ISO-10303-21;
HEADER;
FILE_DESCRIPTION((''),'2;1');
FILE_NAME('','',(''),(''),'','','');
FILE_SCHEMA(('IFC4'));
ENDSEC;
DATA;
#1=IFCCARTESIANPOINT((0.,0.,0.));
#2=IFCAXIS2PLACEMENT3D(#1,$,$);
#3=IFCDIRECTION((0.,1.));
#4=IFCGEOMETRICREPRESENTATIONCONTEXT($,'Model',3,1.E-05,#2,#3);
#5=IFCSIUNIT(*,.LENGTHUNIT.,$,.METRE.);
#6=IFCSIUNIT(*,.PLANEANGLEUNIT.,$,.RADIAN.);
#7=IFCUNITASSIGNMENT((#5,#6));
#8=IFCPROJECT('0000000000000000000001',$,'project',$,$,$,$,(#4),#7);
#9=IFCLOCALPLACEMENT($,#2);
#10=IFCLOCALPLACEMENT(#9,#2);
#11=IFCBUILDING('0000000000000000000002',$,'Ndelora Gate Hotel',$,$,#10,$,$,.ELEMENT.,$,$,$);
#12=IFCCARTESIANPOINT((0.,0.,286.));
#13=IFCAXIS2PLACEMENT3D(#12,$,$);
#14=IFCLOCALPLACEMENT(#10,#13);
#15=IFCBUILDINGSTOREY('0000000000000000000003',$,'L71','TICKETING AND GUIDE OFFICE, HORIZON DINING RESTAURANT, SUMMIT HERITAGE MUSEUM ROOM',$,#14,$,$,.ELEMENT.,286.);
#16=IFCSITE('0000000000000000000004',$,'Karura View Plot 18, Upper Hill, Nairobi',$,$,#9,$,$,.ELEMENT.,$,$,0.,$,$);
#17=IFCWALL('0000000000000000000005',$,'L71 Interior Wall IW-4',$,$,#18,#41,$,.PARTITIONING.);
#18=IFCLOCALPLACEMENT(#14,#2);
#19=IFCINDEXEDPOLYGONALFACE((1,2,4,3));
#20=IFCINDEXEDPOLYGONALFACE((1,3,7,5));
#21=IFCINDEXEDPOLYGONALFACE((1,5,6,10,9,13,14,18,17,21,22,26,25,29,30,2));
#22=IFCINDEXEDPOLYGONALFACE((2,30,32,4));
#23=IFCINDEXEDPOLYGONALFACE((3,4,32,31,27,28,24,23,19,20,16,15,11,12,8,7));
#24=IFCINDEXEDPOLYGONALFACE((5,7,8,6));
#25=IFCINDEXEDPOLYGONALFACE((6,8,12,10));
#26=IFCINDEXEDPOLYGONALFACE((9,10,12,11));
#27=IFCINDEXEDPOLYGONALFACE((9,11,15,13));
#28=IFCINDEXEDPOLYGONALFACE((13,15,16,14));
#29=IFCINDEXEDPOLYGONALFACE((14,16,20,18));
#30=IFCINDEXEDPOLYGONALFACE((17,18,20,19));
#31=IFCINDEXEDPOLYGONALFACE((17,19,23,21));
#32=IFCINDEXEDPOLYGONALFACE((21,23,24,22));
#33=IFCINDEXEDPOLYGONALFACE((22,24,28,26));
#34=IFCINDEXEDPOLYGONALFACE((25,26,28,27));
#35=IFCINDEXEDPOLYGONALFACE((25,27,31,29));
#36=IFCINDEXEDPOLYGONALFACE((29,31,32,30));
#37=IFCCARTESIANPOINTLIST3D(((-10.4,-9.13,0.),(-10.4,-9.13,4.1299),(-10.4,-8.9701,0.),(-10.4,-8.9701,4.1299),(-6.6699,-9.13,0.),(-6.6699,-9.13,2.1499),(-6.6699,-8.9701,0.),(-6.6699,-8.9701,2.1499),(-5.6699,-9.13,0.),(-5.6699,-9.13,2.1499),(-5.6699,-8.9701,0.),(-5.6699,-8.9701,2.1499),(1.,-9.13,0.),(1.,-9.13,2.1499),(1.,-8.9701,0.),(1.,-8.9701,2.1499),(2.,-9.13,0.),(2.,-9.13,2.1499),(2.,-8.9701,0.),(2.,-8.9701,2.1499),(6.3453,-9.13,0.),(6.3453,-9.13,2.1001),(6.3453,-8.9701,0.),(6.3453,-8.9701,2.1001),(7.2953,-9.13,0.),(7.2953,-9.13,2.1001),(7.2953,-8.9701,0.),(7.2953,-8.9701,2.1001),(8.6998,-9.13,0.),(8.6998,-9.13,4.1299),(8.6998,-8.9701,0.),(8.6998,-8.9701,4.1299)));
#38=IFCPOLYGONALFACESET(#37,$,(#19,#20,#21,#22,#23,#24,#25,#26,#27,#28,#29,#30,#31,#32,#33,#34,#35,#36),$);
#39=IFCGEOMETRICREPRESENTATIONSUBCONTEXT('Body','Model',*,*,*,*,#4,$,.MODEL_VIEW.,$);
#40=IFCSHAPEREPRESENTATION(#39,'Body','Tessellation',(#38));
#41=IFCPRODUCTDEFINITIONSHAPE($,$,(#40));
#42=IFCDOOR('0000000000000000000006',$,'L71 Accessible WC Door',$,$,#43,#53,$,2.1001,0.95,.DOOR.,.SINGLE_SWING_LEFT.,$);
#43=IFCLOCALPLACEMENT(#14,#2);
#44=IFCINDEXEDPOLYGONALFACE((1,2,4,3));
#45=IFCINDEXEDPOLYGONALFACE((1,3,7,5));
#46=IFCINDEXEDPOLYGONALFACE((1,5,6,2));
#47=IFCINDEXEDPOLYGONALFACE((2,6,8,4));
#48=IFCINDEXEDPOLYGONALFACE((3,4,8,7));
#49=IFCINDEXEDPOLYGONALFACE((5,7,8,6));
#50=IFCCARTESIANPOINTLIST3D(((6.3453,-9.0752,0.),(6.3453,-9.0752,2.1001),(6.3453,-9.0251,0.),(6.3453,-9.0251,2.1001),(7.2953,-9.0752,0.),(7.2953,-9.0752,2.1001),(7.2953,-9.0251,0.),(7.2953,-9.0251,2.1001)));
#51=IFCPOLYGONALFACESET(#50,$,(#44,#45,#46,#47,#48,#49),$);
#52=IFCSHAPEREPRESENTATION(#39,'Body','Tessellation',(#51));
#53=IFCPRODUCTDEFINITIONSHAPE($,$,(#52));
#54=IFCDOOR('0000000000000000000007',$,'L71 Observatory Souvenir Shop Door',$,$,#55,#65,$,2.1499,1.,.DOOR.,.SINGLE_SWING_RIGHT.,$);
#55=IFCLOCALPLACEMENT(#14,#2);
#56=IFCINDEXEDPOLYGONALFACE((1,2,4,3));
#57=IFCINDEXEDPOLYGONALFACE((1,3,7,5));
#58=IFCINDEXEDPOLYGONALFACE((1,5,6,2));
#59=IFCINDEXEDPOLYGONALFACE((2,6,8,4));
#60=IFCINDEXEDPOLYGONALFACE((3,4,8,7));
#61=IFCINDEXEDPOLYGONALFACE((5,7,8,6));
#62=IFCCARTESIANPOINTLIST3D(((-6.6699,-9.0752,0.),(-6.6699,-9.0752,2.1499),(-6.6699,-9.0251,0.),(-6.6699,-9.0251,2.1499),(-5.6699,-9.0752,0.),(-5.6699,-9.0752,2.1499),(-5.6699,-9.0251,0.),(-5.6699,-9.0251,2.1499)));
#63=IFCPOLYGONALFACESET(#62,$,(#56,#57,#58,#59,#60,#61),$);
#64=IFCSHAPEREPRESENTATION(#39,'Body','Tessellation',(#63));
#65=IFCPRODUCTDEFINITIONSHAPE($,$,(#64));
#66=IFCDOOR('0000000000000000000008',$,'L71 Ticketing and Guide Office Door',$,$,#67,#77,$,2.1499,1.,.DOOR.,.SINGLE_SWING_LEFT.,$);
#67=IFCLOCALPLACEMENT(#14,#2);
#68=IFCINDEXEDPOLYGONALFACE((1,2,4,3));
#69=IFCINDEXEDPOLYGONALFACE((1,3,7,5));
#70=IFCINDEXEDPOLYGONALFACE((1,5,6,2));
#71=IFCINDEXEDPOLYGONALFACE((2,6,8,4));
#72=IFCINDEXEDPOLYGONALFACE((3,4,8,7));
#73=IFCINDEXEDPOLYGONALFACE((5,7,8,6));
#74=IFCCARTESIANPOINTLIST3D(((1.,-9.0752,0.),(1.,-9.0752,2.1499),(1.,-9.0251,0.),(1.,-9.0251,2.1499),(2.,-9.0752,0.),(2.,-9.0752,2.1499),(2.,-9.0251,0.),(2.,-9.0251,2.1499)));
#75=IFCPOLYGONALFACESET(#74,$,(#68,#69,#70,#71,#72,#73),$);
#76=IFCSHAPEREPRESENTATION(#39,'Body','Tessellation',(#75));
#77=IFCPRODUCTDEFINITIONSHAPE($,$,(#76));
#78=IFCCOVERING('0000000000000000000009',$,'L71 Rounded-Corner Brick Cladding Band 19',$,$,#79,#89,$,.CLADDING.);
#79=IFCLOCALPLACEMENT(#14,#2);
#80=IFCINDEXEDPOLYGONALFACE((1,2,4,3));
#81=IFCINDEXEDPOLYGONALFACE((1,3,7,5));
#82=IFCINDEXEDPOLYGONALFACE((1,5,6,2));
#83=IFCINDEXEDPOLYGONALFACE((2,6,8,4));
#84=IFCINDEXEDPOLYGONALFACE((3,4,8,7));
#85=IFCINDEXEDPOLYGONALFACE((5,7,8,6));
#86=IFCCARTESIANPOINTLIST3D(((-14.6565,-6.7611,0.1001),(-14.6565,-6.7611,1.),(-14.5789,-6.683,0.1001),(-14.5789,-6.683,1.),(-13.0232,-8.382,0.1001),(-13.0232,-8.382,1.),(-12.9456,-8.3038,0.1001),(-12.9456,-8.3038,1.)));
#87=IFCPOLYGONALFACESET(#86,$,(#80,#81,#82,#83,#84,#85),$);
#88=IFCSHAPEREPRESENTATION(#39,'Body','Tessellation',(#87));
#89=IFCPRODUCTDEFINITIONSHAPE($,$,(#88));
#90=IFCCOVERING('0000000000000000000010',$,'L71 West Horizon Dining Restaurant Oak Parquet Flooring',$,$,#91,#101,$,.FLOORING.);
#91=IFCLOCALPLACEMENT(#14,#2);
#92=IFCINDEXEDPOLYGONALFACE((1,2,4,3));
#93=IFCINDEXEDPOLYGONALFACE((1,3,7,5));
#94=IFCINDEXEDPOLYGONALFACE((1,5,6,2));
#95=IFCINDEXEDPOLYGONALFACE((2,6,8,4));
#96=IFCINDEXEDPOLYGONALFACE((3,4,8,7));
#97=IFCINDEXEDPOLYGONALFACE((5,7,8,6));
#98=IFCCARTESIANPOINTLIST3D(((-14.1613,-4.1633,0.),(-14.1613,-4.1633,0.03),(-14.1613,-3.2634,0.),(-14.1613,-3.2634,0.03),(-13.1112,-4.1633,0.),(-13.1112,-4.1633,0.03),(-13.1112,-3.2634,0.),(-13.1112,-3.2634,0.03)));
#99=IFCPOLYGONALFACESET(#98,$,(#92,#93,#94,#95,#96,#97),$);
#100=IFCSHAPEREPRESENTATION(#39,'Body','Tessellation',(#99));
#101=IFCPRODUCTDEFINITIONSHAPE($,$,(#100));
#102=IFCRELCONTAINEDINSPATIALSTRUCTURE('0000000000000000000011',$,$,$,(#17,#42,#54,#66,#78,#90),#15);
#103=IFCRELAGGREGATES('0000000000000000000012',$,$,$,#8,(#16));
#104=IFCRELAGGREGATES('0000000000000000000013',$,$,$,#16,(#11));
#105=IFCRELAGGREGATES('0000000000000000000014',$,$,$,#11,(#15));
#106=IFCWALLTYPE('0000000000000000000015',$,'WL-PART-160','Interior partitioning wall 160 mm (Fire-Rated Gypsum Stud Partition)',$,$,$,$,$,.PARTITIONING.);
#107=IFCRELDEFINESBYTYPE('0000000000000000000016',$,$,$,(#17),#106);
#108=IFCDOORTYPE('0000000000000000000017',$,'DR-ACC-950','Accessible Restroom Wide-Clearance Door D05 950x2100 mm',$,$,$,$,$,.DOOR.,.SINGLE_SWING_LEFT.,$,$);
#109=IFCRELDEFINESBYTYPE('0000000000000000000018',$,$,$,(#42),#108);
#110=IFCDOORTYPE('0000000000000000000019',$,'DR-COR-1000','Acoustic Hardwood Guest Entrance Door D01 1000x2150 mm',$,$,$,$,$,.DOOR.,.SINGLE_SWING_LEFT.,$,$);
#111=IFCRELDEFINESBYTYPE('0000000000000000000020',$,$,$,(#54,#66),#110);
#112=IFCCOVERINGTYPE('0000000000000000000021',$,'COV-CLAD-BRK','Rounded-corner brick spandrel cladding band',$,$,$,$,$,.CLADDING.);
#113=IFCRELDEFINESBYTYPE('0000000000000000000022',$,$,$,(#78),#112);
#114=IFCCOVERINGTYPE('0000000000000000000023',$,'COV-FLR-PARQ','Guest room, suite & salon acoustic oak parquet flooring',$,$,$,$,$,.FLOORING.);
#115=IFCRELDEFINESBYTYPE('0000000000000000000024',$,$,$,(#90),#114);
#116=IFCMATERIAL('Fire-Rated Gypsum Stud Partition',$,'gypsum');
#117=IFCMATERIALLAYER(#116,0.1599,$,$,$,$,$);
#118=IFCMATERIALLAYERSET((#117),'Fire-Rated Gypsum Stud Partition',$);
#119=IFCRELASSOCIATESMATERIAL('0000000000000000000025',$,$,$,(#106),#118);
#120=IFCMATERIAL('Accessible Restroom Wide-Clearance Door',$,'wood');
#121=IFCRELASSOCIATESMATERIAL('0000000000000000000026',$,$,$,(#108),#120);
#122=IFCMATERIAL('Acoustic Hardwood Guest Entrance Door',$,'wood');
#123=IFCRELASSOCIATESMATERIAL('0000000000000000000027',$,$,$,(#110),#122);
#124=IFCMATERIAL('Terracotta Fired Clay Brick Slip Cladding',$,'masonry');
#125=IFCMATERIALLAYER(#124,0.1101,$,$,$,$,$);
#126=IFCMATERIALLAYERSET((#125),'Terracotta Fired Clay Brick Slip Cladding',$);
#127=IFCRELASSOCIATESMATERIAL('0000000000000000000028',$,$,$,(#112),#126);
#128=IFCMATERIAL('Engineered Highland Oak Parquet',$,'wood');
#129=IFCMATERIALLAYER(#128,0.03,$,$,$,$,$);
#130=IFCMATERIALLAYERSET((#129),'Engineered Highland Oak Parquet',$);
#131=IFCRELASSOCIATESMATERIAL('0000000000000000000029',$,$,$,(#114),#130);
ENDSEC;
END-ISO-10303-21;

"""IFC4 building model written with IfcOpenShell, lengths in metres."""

from ifc_helpers import new_model, si_unit, direction, frame, frame_2d, origin, origin_2d, place, context, subcontext, project, spatial, rectangle, extrude, material, layer, layer_set, type_object, element, fill, save


model = new_model("IFC4")

# Units and contexts
model_context = context("Model", 3, precision=1e-05, world=origin(), true_north=direction((0.0, 1.0)))
body_context = subcontext(model_context, "Body", "Model", "MODEL_VIEW")
ifc_project = project(units=[si_unit("LENGTHUNIT", "METRE"), si_unit("PLANEANGLEUNIT", "RADIAN")], contexts=[model_context])

# Site, building, storey
site_placement = place(None, origin())
site = spatial("IfcSite", under=ifc_project, at=site_placement, Name="Karura View Plot 18, Upper Hill, Nairobi", CompositionType="ELEMENT", RefElevation=0.0)
building_placement = place(site_placement, origin())
building = spatial("IfcBuilding", under=site, at=building_placement, Name="Ndelora Gate Hotel", CompositionType="ELEMENT")
storey_placement = place(building_placement, frame((0.0, 0.0, 286.0)))
storey = spatial("IfcBuildingStorey", under=building, at=storey_placement, Name="L71", Description="TICKETING AND GUIDE OFFICE, HORIZON DINING RESTAURANT, SUMMIT HERITAGE MUSEUM ROOM", CompositionType="ELEMENT", Elevation=286.0)

# Wall, openings, doors
ifc_material_1 = material(Name="Fire-Rated Gypsum Stud Partition", Category="gypsum")
ifc_layer_1 = layer(ifc_material_1, 0.1599)
ifc_layer_set_1 = layer_set([ifc_layer_1], Name="Fire-Rated Gypsum Stud Partition")
wall_type_1 = type_object("IfcWallType", Name="WL-PART-160", Description="Interior partitioning wall 160 mm (Fire-Rated Gypsum Stud Partition)", PredefinedType="PARTITIONING", material=ifc_layer_set_1)
wall_1_placement = place(storey_placement, frame((-10.3999, -9.05, 0.0), z_axis=(0.0, 0.0, 1.0), x_axis=(1.0, 0.0, 0.0)))
wall_1 = element("IfcWall", 1, at=wall_1_placement, inside=storey, type_object=wall_type_1, Name="L71 Interior Wall IW-4", PredefinedType="PARTITIONING", context=body_context, shape_type="SweptSolid", body=[
    extrude(rectangle(XDim=19.0999, YDim=0.1599, at=frame_2d((9.5498, 0.0))), origin(), (0.0, 0.0, 1.0), 4.1299),
])
opening_1_placement = place(wall_1_placement, frame((3.73, 0.0, 0.0)))
opening_1 = element("IfcOpeningElement", 2, at=opening_1_placement, cuts=wall_1, PredefinedType="OPENING", context=body_context, shape_type="SweptSolid", body=[
    extrude(rectangle(XDim=1.0, YDim=2.1499, at=frame_2d((0.5, 1.075))), frame((0.0, 0.0898, 0.0), z_axis=(0.0, -1.0, 0.0), x_axis=(1.0, 0.0, 0.0)), (0.0, 0.0, 1.0), 0.1799),
])
opening_2_placement = place(wall_1_placement, frame((11.3999, 0.0, 0.0)))
opening_2 = element("IfcOpeningElement", 3, at=opening_2_placement, cuts=wall_1, PredefinedType="OPENING", context=body_context, shape_type="SweptSolid", body=[
    extrude(rectangle(XDim=1.0, YDim=2.1499, at=frame_2d((0.5, 1.075))), frame((0.0, 0.0898, 0.0), z_axis=(0.0, -1.0, 0.0), x_axis=(1.0, 0.0, 0.0)), (0.0, 0.0, 1.0), 0.1799),
])
opening_3_placement = place(wall_1_placement, frame((16.7451, 0.0, 0.0)))
opening_3 = element("IfcOpeningElement", 4, at=opening_3_placement, cuts=wall_1, PredefinedType="OPENING", context=body_context, shape_type="SweptSolid", body=[
    extrude(rectangle(XDim=0.95, YDim=2.1001, at=frame_2d((0.4751, 1.05))), frame((0.0, 0.0898, 0.0), z_axis=(0.0, -1.0, 0.0), x_axis=(1.0, 0.0, 0.0)), (0.0, 0.0, 1.0), 0.1799),
])
ifc_material_2 = material(Name="Accessible Restroom Wide-Clearance Door", Category="wood")
door_type_1 = type_object("IfcDoorType", Name="DR-ACC-950", Description="Accessible Restroom Wide-Clearance Door D05 950x2100 mm", OperationType="SINGLE_SWING_LEFT", PredefinedType="DOOR", material=ifc_material_2)
door_1_placement = place(opening_3_placement, origin())
door_1 = element("IfcDoor", 5, at=door_1_placement, inside=storey, type_object=door_type_1, Name="L71 Accessible WC Door", OperationType="SINGLE_SWING_LEFT", OverallHeight=2.1001, OverallWidth=0.95, PredefinedType="DOOR", context=body_context, shape_type="SweptSolid", body=[
    extrude(rectangle(XDim=0.95, YDim=2.1001, at=frame_2d((0.4751, 1.05))), frame((0.0, 0.0249, 0.0), z_axis=(0.0, -1.0, 0.0), x_axis=(1.0, 0.0, 0.0)), (0.0, 0.0, 1.0), 0.05),
])
fill(opening_3, door_1)
ifc_material_3 = material(Name="Acoustic Hardwood Guest Entrance Door", Category="wood")
door_type_2 = type_object("IfcDoorType", Name="DR-COR-1000", Description="Acoustic Hardwood Guest Entrance Door D01 1000x2150 mm", OperationType="SINGLE_SWING_LEFT", PredefinedType="DOOR", material=ifc_material_3)
door_2_placement = place(opening_1_placement, origin())
door_2 = element("IfcDoor", 6, at=door_2_placement, inside=storey, type_object=door_type_2, Name="L71 Observatory Souvenir Shop Door", OperationType="SINGLE_SWING_RIGHT", OverallHeight=2.1499, OverallWidth=1.0, PredefinedType="DOOR", context=body_context, shape_type="SweptSolid", body=[
    extrude(rectangle(XDim=1.0, YDim=2.1499, at=frame_2d((0.5, 1.075))), frame((0.0, 0.0249, 0.0), z_axis=(0.0, -1.0, 0.0), x_axis=(1.0, 0.0, 0.0)), (0.0, 0.0, 1.0), 0.05),
])
fill(opening_1, door_2)
door_3_placement = place(opening_2_placement, origin())
door_3 = element("IfcDoor", 7, at=door_3_placement, inside=storey, type_object=door_type_2, Name="L71 Ticketing and Guide Office Door", OperationType="SINGLE_SWING_LEFT", OverallHeight=2.1499, OverallWidth=1.0, PredefinedType="DOOR", context=body_context, shape_type="SweptSolid", body=[
    extrude(rectangle(XDim=1.0, YDim=2.1499, at=frame_2d((0.5, 1.075))), frame((0.0, 0.0249, 0.0), z_axis=(0.0, -1.0, 0.0), x_axis=(1.0, 0.0, 0.0)), (0.0, 0.0, 1.0), 0.05),
])
fill(opening_2, door_3)

# Coverings
ifc_material_4 = material(Name="Terracotta Fired Clay Brick Slip Cladding", Category="masonry")
ifc_layer_2 = layer(ifc_material_4, 0.1101)
ifc_layer_set_2 = layer_set([ifc_layer_2], Name="Terracotta Fired Clay Brick Slip Cladding")
covering_type_1 = type_object("IfcCoveringType", Name="COV-CLAD-BRK", Description="Rounded-corner brick spandrel cladding band", PredefinedType="CLADDING", material=ifc_layer_set_2)
covering_1_placement = place(storey_placement, frame((-13.801, -7.5325, 0.1001), z_axis=(0.0, 0.0, 1.0), x_axis=(-0.709817, 0.704386, 0.0)))
element("IfcCovering", 8, at=covering_1_placement, inside=storey, type_object=covering_type_1, Name="L71 Rounded-Corner Brick Cladding Band 19", PredefinedType="CLADDING", context=body_context, shape_type="SweptSolid", body=[
    extrude(rectangle(XDim=2.301, YDim=0.1101, at=origin_2d()), origin(), (0.0, 0.0, 1.0), 0.8999),
])
ifc_material_5 = material(Name="Engineered Highland Oak Parquet", Category="wood")
ifc_layer_3 = layer(ifc_material_5, 0.03)
ifc_layer_set_3 = layer_set([ifc_layer_3], Name="Engineered Highland Oak Parquet")
covering_type_2 = type_object("IfcCoveringType", Name="COV-FLR-PARQ", Description="Guest room, suite & salon acoustic oak parquet flooring", PredefinedType="FLOORING", material=ifc_layer_set_3)
covering_2_placement = place(storey_placement, frame((-13.6362, -3.7134, 0.0), z_axis=(0.0, 0.0, 1.0), x_axis=(1.0, 0.0, 0.0)))
element("IfcCovering", 9, at=covering_2_placement, inside=storey, type_object=covering_type_2, Name="L71 West Horizon Dining Restaurant Oak Parquet Flooring", PredefinedType="FLOORING", context=body_context, shape_type="SweptSolid", body=[
    extrude(rectangle(XDim=1.05, YDim=0.8999, at=origin_2d()), origin(), (0.0, 0.0, 1.0), 0.03),
])

save(model, "model.ifc")
